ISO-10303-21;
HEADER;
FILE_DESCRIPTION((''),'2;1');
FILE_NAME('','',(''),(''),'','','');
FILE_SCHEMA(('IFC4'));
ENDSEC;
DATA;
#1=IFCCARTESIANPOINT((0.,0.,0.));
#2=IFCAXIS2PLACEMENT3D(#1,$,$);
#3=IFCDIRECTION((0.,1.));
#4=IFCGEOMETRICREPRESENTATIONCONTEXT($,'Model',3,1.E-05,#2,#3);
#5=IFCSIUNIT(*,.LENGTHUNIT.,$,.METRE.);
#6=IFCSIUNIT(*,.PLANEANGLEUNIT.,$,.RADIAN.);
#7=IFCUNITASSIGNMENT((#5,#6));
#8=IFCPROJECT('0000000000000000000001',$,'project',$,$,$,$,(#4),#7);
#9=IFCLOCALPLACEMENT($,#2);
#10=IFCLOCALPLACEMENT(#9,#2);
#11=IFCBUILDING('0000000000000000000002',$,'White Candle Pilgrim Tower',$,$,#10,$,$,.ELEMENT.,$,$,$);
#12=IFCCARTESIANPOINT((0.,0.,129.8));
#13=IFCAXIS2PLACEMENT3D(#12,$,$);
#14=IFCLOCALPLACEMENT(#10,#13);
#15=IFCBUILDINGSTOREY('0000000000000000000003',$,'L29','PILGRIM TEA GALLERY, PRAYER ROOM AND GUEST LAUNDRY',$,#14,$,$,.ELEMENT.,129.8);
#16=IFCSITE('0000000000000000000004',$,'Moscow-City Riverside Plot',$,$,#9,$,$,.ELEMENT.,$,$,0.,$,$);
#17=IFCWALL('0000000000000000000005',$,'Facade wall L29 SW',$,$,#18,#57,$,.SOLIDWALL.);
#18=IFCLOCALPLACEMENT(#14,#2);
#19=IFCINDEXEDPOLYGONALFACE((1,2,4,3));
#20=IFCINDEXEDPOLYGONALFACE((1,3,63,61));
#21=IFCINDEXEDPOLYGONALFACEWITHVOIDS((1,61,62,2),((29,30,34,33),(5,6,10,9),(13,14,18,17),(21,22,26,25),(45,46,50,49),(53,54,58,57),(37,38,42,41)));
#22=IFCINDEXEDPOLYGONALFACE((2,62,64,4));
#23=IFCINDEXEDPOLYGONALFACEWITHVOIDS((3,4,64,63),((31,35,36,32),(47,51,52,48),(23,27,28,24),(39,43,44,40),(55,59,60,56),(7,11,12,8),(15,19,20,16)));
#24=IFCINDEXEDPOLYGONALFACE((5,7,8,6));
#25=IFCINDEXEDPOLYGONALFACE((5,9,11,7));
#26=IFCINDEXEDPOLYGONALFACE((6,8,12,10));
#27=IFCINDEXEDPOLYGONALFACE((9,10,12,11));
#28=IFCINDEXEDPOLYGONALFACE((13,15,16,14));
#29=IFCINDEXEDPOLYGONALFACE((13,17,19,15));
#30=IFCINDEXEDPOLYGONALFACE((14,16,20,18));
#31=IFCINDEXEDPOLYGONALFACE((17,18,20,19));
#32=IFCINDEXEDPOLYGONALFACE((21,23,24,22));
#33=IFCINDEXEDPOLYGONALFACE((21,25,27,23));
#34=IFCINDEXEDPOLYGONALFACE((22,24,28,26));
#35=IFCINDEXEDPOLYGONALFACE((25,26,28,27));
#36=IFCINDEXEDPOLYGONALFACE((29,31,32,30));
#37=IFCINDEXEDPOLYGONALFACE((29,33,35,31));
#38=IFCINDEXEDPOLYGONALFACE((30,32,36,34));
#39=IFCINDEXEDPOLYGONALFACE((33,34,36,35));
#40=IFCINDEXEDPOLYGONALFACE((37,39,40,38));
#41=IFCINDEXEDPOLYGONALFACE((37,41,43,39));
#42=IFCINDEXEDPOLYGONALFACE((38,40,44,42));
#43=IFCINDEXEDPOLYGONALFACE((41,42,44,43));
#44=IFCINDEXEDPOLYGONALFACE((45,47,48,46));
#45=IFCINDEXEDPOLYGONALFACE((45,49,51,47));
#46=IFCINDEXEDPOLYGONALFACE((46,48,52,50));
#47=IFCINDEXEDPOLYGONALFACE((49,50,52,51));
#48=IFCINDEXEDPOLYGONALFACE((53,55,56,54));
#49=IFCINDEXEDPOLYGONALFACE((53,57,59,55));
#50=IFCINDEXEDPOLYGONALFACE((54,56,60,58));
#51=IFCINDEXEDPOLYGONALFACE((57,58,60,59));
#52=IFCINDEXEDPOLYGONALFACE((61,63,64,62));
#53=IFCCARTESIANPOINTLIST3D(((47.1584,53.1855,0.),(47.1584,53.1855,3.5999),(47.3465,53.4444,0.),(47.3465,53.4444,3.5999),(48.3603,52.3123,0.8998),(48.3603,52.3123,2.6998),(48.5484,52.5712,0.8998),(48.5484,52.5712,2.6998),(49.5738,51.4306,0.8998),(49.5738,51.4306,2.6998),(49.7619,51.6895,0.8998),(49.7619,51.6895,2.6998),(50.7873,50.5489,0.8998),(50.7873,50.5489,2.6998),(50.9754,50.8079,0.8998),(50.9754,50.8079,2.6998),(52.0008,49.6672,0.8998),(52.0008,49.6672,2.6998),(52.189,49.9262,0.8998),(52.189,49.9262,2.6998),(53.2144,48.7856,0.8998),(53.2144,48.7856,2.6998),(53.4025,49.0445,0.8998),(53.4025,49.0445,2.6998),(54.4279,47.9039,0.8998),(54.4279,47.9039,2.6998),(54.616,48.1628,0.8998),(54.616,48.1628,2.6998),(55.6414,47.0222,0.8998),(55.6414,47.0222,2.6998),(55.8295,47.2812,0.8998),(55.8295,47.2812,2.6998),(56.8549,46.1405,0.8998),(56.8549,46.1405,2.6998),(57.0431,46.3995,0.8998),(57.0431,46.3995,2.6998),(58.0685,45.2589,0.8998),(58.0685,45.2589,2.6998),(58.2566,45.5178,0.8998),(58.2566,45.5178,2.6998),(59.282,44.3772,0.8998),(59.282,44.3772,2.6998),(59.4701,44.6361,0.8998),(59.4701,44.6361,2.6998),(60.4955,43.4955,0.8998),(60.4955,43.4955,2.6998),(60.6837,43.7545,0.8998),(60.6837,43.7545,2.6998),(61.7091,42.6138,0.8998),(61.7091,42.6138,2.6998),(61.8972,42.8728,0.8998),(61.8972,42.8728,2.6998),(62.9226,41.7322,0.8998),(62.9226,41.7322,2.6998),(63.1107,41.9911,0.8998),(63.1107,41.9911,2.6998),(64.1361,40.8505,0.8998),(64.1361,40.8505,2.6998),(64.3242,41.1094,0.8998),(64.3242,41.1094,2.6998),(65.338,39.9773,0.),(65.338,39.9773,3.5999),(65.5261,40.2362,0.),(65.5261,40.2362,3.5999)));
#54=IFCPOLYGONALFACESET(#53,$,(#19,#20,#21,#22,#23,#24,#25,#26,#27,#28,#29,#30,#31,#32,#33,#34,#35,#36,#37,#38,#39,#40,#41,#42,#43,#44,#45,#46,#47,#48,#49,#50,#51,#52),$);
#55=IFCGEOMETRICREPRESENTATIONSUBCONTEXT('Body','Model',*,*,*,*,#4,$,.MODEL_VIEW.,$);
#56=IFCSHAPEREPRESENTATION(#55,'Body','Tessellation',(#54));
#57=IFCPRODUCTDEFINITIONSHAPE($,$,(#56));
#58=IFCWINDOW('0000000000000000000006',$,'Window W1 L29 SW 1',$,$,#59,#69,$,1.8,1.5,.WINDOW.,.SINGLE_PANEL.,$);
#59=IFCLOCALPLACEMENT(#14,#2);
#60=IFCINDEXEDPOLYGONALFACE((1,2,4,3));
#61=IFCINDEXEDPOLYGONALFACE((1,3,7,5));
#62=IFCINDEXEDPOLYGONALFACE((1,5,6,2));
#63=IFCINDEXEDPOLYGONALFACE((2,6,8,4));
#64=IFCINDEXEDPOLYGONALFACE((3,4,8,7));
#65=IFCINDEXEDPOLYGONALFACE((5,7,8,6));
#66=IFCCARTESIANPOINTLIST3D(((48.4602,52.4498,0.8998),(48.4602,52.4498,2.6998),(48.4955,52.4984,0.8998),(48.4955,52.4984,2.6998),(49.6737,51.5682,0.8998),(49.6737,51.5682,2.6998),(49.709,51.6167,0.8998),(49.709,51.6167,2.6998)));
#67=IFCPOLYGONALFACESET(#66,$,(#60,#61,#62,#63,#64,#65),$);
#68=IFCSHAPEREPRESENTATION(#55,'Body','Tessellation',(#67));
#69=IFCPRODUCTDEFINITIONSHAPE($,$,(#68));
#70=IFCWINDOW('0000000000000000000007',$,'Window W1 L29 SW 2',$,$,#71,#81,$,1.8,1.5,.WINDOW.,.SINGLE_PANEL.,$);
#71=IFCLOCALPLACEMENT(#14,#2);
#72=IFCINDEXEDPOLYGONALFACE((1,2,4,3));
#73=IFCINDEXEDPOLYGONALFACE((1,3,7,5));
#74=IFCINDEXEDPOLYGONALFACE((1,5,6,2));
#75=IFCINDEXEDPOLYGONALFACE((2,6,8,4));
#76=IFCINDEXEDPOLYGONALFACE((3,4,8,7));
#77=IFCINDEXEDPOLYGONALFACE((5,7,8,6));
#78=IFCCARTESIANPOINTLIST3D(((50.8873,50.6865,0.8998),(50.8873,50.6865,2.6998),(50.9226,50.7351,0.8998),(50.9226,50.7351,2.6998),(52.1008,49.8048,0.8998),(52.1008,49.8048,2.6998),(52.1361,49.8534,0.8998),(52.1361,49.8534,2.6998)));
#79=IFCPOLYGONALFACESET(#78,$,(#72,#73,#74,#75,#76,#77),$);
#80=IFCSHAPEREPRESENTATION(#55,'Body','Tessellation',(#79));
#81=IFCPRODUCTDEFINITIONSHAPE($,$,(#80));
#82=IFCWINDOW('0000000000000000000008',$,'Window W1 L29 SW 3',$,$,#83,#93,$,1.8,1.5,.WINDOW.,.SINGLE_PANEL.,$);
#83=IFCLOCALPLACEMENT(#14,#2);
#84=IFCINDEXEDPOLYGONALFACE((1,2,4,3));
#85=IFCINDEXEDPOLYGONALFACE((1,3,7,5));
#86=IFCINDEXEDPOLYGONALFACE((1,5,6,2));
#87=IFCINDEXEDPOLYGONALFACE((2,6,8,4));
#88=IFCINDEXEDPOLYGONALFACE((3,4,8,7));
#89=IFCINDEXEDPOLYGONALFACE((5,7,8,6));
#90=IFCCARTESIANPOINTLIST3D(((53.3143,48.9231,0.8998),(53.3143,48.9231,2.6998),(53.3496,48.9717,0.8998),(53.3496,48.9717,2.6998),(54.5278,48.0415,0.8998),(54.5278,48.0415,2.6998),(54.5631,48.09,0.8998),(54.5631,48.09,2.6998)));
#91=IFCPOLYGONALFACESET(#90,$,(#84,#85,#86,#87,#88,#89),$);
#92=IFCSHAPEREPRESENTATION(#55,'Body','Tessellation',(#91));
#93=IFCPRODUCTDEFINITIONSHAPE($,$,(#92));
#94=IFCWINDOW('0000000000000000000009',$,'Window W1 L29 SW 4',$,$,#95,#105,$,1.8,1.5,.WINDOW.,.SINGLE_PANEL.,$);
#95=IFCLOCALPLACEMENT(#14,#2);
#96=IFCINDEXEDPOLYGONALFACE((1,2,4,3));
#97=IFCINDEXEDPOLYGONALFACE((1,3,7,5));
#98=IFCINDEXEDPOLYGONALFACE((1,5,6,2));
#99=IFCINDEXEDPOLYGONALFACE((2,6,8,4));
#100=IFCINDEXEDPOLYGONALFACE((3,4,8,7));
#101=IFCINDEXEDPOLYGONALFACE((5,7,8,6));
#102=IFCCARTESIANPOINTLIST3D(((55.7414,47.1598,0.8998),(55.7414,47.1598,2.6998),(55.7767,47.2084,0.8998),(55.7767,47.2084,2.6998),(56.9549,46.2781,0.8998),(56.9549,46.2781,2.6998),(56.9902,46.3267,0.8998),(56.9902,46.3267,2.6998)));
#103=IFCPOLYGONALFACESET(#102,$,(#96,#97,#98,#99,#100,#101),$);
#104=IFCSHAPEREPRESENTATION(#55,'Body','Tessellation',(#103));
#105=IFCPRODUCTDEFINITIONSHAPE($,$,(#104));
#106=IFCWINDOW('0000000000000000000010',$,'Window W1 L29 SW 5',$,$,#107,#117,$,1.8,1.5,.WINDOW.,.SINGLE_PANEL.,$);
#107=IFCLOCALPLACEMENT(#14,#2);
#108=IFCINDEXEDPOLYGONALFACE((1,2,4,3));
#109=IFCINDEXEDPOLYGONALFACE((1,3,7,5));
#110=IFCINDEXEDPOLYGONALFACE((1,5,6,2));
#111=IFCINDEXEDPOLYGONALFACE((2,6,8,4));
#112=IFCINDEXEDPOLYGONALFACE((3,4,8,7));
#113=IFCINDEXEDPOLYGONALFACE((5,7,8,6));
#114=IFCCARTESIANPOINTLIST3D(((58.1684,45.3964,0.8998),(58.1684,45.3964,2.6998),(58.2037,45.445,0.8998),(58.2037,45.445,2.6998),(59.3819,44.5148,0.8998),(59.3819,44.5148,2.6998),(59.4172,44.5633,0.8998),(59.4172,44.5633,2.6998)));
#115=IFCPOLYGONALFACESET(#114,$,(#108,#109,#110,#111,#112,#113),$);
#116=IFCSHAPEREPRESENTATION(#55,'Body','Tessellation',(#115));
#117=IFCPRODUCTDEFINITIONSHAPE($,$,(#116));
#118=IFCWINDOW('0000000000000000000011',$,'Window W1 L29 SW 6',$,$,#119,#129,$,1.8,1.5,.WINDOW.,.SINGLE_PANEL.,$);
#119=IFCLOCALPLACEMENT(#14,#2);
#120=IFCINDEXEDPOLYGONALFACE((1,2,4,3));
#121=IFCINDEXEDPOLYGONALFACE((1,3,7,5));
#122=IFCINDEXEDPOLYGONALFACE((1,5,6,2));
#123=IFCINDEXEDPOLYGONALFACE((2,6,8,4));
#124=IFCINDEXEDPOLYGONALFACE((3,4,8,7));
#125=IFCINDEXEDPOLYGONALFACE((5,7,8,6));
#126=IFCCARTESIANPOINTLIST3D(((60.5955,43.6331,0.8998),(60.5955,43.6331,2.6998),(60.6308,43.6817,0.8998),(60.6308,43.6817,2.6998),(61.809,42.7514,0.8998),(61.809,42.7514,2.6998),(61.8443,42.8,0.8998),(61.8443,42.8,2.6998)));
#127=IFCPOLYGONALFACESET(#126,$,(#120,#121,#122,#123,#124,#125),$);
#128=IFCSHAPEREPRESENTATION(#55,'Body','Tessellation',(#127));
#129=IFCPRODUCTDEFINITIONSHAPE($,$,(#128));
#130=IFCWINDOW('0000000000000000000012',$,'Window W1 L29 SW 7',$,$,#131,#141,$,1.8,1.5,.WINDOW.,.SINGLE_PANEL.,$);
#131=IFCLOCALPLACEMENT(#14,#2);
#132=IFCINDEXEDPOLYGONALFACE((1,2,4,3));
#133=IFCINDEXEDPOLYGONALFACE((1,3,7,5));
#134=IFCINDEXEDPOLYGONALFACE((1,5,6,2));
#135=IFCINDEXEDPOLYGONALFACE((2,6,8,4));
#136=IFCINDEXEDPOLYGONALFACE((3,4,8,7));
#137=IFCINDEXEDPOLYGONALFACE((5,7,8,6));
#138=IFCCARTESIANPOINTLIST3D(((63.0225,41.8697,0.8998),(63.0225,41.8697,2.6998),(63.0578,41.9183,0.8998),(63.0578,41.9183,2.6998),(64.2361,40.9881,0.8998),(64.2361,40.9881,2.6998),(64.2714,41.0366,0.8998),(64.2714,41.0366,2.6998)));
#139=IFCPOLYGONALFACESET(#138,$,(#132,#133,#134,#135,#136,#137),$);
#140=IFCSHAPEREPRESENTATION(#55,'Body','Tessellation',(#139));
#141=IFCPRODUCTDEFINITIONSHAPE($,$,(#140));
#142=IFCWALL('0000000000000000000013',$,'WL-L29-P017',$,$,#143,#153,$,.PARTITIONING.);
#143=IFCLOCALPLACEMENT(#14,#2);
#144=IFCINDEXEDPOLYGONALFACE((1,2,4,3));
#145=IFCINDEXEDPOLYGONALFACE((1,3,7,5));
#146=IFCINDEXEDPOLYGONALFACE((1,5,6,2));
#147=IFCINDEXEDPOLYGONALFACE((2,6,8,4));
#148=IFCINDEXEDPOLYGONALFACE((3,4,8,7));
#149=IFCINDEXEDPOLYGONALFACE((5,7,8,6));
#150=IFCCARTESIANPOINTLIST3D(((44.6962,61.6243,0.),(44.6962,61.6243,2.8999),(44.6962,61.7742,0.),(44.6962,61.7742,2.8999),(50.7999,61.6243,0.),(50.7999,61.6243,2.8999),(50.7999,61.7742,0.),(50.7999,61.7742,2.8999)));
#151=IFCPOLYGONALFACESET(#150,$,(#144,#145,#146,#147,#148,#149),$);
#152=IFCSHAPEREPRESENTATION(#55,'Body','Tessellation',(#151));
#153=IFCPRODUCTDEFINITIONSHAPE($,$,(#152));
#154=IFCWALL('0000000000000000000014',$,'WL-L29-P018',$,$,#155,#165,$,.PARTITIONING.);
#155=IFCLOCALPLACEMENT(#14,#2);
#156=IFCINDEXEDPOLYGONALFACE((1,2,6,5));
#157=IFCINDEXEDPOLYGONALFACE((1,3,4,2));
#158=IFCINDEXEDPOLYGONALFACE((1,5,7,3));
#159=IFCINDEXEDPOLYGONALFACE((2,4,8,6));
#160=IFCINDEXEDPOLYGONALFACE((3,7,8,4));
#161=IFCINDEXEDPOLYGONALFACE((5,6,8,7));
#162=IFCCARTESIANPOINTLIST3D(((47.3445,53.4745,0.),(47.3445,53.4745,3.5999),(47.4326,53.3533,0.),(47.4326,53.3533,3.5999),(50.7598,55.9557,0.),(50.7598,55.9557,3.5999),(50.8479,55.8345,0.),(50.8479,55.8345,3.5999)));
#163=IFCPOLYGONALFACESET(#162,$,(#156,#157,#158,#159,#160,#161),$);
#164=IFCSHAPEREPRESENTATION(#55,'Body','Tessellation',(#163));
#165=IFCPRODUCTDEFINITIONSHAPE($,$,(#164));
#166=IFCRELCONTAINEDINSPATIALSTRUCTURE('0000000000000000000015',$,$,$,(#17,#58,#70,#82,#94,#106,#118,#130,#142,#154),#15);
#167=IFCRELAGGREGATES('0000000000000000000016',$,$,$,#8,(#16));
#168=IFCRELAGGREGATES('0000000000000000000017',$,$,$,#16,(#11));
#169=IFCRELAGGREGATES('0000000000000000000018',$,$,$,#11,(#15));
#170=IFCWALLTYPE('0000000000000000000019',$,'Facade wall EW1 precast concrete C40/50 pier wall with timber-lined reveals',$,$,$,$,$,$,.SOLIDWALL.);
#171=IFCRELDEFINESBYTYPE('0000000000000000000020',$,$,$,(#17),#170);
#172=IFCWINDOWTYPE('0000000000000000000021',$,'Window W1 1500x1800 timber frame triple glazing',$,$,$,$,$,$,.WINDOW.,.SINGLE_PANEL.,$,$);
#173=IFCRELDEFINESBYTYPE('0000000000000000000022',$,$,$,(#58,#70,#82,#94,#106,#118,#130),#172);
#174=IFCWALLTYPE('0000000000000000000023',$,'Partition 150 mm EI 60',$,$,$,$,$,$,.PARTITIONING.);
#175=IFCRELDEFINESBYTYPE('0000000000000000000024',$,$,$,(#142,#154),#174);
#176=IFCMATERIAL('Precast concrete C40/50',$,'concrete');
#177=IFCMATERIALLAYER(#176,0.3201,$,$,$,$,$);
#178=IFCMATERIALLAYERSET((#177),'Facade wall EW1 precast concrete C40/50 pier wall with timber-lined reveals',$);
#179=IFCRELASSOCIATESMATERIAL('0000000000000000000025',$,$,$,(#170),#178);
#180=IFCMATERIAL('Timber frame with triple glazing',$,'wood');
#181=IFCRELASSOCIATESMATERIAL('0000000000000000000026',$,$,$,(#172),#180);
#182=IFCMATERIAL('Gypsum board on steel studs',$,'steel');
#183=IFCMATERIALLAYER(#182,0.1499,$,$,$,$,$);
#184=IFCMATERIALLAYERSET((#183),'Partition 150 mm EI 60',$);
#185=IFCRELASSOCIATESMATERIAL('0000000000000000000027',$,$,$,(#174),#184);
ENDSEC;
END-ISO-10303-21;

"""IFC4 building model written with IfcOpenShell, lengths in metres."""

from ifc_helpers import new_model, si_unit, direction, frame, frame_2d, origin, place, context, subcontext, project, spatial, rectangle, extrude, material, layer, layer_set, type_object, element, fill, save


model = new_model("IFC4")

# Units and contexts
model_context = context("Model", 3, precision=1e-05, world=origin(), true_north=direction((0.0, 1.0)))
body_context = subcontext(model_context, "Body", "Model", "MODEL_VIEW")
ifc_project = project(units=[si_unit("LENGTHUNIT", "METRE"), si_unit("PLANEANGLEUNIT", "RADIAN")], contexts=[model_context])

# Site, building, storey
site_placement = place(None, origin())
site = spatial("IfcSite", under=ifc_project, at=site_placement, Name="Moscow-City Riverside Plot", CompositionType="ELEMENT", RefElevation=0.0)
building_placement = place(site_placement, origin())
building = spatial("IfcBuilding", under=site, at=building_placement, Name="White Candle Pilgrim Tower", CompositionType="ELEMENT")
storey_placement = place(building_placement, frame((0.0, 0.0, 129.8)))
storey = spatial("IfcBuildingStorey", under=building, at=storey_placement, Name="L29", Description="PILGRIM TEA GALLERY, PRAYER ROOM AND GUEST LAUNDRY", CompositionType="ELEMENT", Elevation=129.8)

# Shared definitions
ifc_material_1 = material(Name="Gypsum board on steel studs", Category="steel")

# Wall, openings, windows
ifc_material_2 = material(Name="Precast concrete C40/50", Category="concrete")
ifc_layer_1 = layer(ifc_material_2, 0.3201)
ifc_layer_set_1 = layer_set([ifc_layer_1], Name="Facade wall EW1 precast concrete C40/50 pier wall with timber-lined reveals")
wall_type_1 = type_object("IfcWallType", Name="Facade wall EW1 precast concrete C40/50 pier wall with timber-lined reveals", PredefinedType="SOLIDWALL", material=ifc_layer_set_1)
ifc_material_3 = material(Name="Timber frame with triple glazing", Category="wood")
wall_1_placement = place(storey_placement, frame((47.2524, 53.3149, 0.0), z_axis=(0.0, 0.0, 1.0), x_axis=(0.809018, -0.587783, 0.0)))
wall_1 = element("IfcWall", 1, at=wall_1_placement, inside=storey, type_object=wall_type_1, Name="Facade wall L29 SW", PredefinedType="SOLIDWALL", context=body_context, shape_type="SweptSolid", body=[
    extrude(rectangle(XDim=22.4712, YDim=0.3201, at=frame_2d((11.2356, 0.0))), origin(), (0.0, 0.0, 1.0), 3.5999),
])
opening_1_placement = place(wall_1_placement, frame((1.4856, 0.0, 0.8999)))
opening_1 = element("IfcOpeningElement", 2, at=opening_1_placement, cuts=wall_1, PredefinedType="OPENING", context=body_context, shape_type="SweptSolid", body=[
    extrude(rectangle(XDim=1.5, YDim=1.8, at=frame_2d((0.75, 0.8999))), frame((0.0, 0.1699, 0.0), z_axis=(0.0, -1.0, 0.0), x_axis=(1.0, 0.0, 0.0)), (0.0, 0.0, 1.0), 0.3401),
])
opening_2_placement = place(wall_1_placement, frame((4.4856, 0.0, 0.8999)))
opening_2 = element("IfcOpeningElement", 3, at=opening_2_placement, cuts=wall_1, PredefinedType="OPENING", context=body_context, shape_type="SweptSolid", body=[
    extrude(rectangle(XDim=1.5, YDim=1.8, at=frame_2d((0.75, 0.8999))), frame((0.0, 0.1699, 0.0), z_axis=(0.0, -1.0, 0.0), x_axis=(1.0, 0.0, 0.0)), (0.0, 0.0, 1.0), 0.3401),
])
opening_3_placement = place(wall_1_placement, frame((7.4856, 0.0, 0.8999)))
opening_3 = element("IfcOpeningElement", 4, at=opening_3_placement, cuts=wall_1, PredefinedType="OPENING", context=body_context, shape_type="SweptSolid", body=[
    extrude(rectangle(XDim=1.5, YDim=1.8, at=frame_2d((0.75, 0.8999))), frame((0.0, 0.1699, 0.0), z_axis=(0.0, -1.0, 0.0), x_axis=(1.0, 0.0, 0.0)), (0.0, 0.0, 1.0), 0.3401),
])
opening_4_placement = place(wall_1_placement, frame((10.4856, 0.0, 0.8999)))
opening_4 = element("IfcOpeningElement", 5, at=opening_4_placement, cuts=wall_1, PredefinedType="OPENING", context=body_context, shape_type="SweptSolid", body=[
    extrude(rectangle(XDim=1.5, YDim=1.8, at=frame_2d((0.75, 0.8999))), frame((0.0, 0.1699, 0.0), z_axis=(0.0, -1.0, 0.0), x_axis=(1.0, 0.0, 0.0)), (0.0, 0.0, 1.0), 0.3401),
])
opening_5_placement = place(wall_1_placement, frame((13.4856, 0.0, 0.8999)))
opening_5 = element("IfcOpeningElement", 6, at=opening_5_placement, cuts=wall_1, PredefinedType="OPENING", context=body_context, shape_type="SweptSolid", body=[
    extrude(rectangle(XDim=1.5, YDim=1.8, at=frame_2d((0.75, 0.8999))), frame((0.0, 0.1699, 0.0), z_axis=(0.0, -1.0, 0.0), x_axis=(1.0, 0.0, 0.0)), (0.0, 0.0, 1.0), 0.3401),
])
opening_6_placement = place(wall_1_placement, frame((16.4856, 0.0, 0.8999)))
opening_6 = element("IfcOpeningElement", 7, at=opening_6_placement, cuts=wall_1, PredefinedType="OPENING", context=body_context, shape_type="SweptSolid", body=[
    extrude(rectangle(XDim=1.5, YDim=1.8, at=frame_2d((0.75, 0.8999))), frame((0.0, 0.1699, 0.0), z_axis=(0.0, -1.0, 0.0), x_axis=(1.0, 0.0, 0.0)), (0.0, 0.0, 1.0), 0.3401),
])
opening_7_placement = place(wall_1_placement, frame((19.4856, 0.0, 0.8999)))
opening_7 = element("IfcOpeningElement", 8, at=opening_7_placement, cuts=wall_1, PredefinedType="OPENING", context=body_context, shape_type="SweptSolid", body=[
    extrude(rectangle(XDim=1.5, YDim=1.8, at=frame_2d((0.75, 0.8999))), frame((0.0, 0.1699, 0.0), z_axis=(0.0, -1.0, 0.0), x_axis=(1.0, 0.0, 0.0)), (0.0, 0.0, 1.0), 0.3401),
])
window_type_1 = type_object("IfcWindowType", Name="Window W1 1500x1800 timber frame triple glazing", PartitioningType="SINGLE_PANEL", PredefinedType="WINDOW", material=ifc_material_3)
window_1_placement = place(opening_1_placement, origin())
window_1 = element("IfcWindow", 9, at=window_1_placement, inside=storey, type_object=window_type_1, Name="Window W1 L29 SW 1", OverallHeight=1.8, OverallWidth=1.5, PartitioningType="SINGLE_PANEL", PredefinedType="WINDOW", context=body_context, shape_type="SweptSolid", body=[
    extrude(rectangle(XDim=1.5, YDim=1.8, at=frame_2d((0.75, 0.8999))), frame((0.0, 0.0701, 0.0), z_axis=(0.0, -1.0, 0.0), x_axis=(1.0, 0.0, 0.0)), (0.0, 0.0, 1.0), 0.0601),
])
fill(opening_1, window_1)
window_2_placement = place(opening_2_placement, origin())
window_2 = element("IfcWindow", 10, at=window_2_placement, inside=storey, type_object=window_type_1, Name="Window W1 L29 SW 2", OverallHeight=1.8, OverallWidth=1.5, PartitioningType="SINGLE_PANEL", PredefinedType="WINDOW", context=body_context, shape_type="SweptSolid", body=[
    extrude(rectangle(XDim=1.5, YDim=1.8, at=frame_2d((0.75, 0.8999))), frame((0.0, 0.0701, 0.0), z_axis=(0.0, -1.0, 0.0), x_axis=(1.0, 0.0, 0.0)), (0.0, 0.0, 1.0), 0.0601),
])
fill(opening_2, window_2)
window_3_placement = place(opening_3_placement, origin())
window_3 = element("IfcWindow", 11, at=window_3_placement, inside=storey, type_object=window_type_1, Name="Window W1 L29 SW 3", OverallHeight=1.8, OverallWidth=1.5, PartitioningType="SINGLE_PANEL", PredefinedType="WINDOW", context=body_context, shape_type="SweptSolid", body=[
    extrude(rectangle(XDim=1.5, YDim=1.8, at=frame_2d((0.75, 0.8999))), frame((0.0, 0.0701, 0.0), z_axis=(0.0, -1.0, 0.0), x_axis=(1.0, 0.0, 0.0)), (0.0, 0.0, 1.0), 0.0601),
])
fill(opening_3, window_3)
window_4_placement = place(opening_4_placement, origin())
window_4 = element("IfcWindow", 12, at=window_4_placement, inside=storey, type_object=window_type_1, Name="Window W1 L29 SW 4", OverallHeight=1.8, OverallWidth=1.5, PartitioningType="SINGLE_PANEL", PredefinedType="WINDOW", context=body_context, shape_type="SweptSolid", body=[
    extrude(rectangle(XDim=1.5, YDim=1.8, at=frame_2d((0.75, 0.8999))), frame((0.0, 0.0701, 0.0), z_axis=(0.0, -1.0, 0.0), x_axis=(1.0, 0.0, 0.0)), (0.0, 0.0, 1.0), 0.0601),
])
fill(opening_4, window_4)
window_5_placement = place(opening_5_placement, origin())
window_5 = element("IfcWindow", 13, at=window_5_placement, inside=storey, type_object=window_type_1, Name="Window W1 L29 SW 5", OverallHeight=1.8, OverallWidth=1.5, PartitioningType="SINGLE_PANEL", PredefinedType="WINDOW", context=body_context, shape_type="SweptSolid", body=[
    extrude(rectangle(XDim=1.5, YDim=1.8, at=frame_2d((0.75, 0.8999))), frame((0.0, 0.0701, 0.0), z_axis=(0.0, -1.0, 0.0), x_axis=(1.0, 0.0, 0.0)), (0.0, 0.0, 1.0), 0.0601),
])
fill(opening_5, window_5)
window_6_placement = place(opening_6_placement, origin())
window_6 = element("IfcWindow", 14, at=window_6_placement, inside=storey, type_object=window_type_1, Name="Window W1 L29 SW 6", OverallHeight=1.8, OverallWidth=1.5, PartitioningType="SINGLE_PANEL", PredefinedType="WINDOW", context=body_context, shape_type="SweptSolid", body=[
    extrude(rectangle(XDim=1.5, YDim=1.8, at=frame_2d((0.75, 0.8999))), frame((0.0, 0.0701, 0.0), z_axis=(0.0, -1.0, 0.0), x_axis=(1.0, 0.0, 0.0)), (0.0, 0.0, 1.0), 0.0601),
])
fill(opening_6, window_6)
window_7_placement = place(opening_7_placement, origin())
window_7 = element("IfcWindow", 15, at=window_7_placement, inside=storey, type_object=window_type_1, Name="Window W1 L29 SW 7", OverallHeight=1.8, OverallWidth=1.5, PartitioningType="SINGLE_PANEL", PredefinedType="WINDOW", context=body_context, shape_type="SweptSolid", body=[
    extrude(rectangle(XDim=1.5, YDim=1.8, at=frame_2d((0.75, 0.8999))), frame((0.0, 0.0701, 0.0), z_axis=(0.0, -1.0, 0.0), x_axis=(1.0, 0.0, 0.0)), (0.0, 0.0, 1.0), 0.0601),
])
fill(opening_7, window_7)

# Walls
ifc_layer_2 = layer(ifc_material_1, 0.1499)
ifc_layer_set_2 = layer_set([ifc_layer_2], Name="Partition 150 mm EI 60")
wall_type_2 = type_object("IfcWallType", Name="Partition 150 mm EI 60", PredefinedType="PARTITIONING", material=ifc_layer_set_2)
wall_2_placement = place(storey_placement, frame((44.6963, 61.6992, 0.0), z_axis=(0.0, 0.0, 1.0), x_axis=(1.0, 0.0, 0.0)))
element("IfcWall", 16, at=wall_2_placement, inside=storey, type_object=wall_type_2, Name="WL-L29-P017", PredefinedType="PARTITIONING", context=body_context, shape_type="SweptSolid", body=[
    extrude(rectangle(XDim=6.1038, YDim=0.1499, at=frame_2d((3.0518, 0.0))), origin(), (0.0, 0.0, 1.0), 2.8999),
])
wall_3_placement = place(storey_placement, frame((47.3884, 53.4138, 0.0), z_axis=(0.0, 0.0, 1.0), x_axis=(0.809034, 0.587762, 0.0)))
element("IfcWall", 17, at=wall_3_placement, inside=storey, type_object=wall_type_2, Name="WL-L29-P018", PredefinedType="PARTITIONING", context=body_context, shape_type="SweptSolid", body=[
    extrude(rectangle(XDim=4.2214, YDim=0.1499, at=frame_2d((2.1108, 0.0))), origin(), (0.0, 0.0, 1.0), 3.5999),
])

save(model, "model.ifc")
